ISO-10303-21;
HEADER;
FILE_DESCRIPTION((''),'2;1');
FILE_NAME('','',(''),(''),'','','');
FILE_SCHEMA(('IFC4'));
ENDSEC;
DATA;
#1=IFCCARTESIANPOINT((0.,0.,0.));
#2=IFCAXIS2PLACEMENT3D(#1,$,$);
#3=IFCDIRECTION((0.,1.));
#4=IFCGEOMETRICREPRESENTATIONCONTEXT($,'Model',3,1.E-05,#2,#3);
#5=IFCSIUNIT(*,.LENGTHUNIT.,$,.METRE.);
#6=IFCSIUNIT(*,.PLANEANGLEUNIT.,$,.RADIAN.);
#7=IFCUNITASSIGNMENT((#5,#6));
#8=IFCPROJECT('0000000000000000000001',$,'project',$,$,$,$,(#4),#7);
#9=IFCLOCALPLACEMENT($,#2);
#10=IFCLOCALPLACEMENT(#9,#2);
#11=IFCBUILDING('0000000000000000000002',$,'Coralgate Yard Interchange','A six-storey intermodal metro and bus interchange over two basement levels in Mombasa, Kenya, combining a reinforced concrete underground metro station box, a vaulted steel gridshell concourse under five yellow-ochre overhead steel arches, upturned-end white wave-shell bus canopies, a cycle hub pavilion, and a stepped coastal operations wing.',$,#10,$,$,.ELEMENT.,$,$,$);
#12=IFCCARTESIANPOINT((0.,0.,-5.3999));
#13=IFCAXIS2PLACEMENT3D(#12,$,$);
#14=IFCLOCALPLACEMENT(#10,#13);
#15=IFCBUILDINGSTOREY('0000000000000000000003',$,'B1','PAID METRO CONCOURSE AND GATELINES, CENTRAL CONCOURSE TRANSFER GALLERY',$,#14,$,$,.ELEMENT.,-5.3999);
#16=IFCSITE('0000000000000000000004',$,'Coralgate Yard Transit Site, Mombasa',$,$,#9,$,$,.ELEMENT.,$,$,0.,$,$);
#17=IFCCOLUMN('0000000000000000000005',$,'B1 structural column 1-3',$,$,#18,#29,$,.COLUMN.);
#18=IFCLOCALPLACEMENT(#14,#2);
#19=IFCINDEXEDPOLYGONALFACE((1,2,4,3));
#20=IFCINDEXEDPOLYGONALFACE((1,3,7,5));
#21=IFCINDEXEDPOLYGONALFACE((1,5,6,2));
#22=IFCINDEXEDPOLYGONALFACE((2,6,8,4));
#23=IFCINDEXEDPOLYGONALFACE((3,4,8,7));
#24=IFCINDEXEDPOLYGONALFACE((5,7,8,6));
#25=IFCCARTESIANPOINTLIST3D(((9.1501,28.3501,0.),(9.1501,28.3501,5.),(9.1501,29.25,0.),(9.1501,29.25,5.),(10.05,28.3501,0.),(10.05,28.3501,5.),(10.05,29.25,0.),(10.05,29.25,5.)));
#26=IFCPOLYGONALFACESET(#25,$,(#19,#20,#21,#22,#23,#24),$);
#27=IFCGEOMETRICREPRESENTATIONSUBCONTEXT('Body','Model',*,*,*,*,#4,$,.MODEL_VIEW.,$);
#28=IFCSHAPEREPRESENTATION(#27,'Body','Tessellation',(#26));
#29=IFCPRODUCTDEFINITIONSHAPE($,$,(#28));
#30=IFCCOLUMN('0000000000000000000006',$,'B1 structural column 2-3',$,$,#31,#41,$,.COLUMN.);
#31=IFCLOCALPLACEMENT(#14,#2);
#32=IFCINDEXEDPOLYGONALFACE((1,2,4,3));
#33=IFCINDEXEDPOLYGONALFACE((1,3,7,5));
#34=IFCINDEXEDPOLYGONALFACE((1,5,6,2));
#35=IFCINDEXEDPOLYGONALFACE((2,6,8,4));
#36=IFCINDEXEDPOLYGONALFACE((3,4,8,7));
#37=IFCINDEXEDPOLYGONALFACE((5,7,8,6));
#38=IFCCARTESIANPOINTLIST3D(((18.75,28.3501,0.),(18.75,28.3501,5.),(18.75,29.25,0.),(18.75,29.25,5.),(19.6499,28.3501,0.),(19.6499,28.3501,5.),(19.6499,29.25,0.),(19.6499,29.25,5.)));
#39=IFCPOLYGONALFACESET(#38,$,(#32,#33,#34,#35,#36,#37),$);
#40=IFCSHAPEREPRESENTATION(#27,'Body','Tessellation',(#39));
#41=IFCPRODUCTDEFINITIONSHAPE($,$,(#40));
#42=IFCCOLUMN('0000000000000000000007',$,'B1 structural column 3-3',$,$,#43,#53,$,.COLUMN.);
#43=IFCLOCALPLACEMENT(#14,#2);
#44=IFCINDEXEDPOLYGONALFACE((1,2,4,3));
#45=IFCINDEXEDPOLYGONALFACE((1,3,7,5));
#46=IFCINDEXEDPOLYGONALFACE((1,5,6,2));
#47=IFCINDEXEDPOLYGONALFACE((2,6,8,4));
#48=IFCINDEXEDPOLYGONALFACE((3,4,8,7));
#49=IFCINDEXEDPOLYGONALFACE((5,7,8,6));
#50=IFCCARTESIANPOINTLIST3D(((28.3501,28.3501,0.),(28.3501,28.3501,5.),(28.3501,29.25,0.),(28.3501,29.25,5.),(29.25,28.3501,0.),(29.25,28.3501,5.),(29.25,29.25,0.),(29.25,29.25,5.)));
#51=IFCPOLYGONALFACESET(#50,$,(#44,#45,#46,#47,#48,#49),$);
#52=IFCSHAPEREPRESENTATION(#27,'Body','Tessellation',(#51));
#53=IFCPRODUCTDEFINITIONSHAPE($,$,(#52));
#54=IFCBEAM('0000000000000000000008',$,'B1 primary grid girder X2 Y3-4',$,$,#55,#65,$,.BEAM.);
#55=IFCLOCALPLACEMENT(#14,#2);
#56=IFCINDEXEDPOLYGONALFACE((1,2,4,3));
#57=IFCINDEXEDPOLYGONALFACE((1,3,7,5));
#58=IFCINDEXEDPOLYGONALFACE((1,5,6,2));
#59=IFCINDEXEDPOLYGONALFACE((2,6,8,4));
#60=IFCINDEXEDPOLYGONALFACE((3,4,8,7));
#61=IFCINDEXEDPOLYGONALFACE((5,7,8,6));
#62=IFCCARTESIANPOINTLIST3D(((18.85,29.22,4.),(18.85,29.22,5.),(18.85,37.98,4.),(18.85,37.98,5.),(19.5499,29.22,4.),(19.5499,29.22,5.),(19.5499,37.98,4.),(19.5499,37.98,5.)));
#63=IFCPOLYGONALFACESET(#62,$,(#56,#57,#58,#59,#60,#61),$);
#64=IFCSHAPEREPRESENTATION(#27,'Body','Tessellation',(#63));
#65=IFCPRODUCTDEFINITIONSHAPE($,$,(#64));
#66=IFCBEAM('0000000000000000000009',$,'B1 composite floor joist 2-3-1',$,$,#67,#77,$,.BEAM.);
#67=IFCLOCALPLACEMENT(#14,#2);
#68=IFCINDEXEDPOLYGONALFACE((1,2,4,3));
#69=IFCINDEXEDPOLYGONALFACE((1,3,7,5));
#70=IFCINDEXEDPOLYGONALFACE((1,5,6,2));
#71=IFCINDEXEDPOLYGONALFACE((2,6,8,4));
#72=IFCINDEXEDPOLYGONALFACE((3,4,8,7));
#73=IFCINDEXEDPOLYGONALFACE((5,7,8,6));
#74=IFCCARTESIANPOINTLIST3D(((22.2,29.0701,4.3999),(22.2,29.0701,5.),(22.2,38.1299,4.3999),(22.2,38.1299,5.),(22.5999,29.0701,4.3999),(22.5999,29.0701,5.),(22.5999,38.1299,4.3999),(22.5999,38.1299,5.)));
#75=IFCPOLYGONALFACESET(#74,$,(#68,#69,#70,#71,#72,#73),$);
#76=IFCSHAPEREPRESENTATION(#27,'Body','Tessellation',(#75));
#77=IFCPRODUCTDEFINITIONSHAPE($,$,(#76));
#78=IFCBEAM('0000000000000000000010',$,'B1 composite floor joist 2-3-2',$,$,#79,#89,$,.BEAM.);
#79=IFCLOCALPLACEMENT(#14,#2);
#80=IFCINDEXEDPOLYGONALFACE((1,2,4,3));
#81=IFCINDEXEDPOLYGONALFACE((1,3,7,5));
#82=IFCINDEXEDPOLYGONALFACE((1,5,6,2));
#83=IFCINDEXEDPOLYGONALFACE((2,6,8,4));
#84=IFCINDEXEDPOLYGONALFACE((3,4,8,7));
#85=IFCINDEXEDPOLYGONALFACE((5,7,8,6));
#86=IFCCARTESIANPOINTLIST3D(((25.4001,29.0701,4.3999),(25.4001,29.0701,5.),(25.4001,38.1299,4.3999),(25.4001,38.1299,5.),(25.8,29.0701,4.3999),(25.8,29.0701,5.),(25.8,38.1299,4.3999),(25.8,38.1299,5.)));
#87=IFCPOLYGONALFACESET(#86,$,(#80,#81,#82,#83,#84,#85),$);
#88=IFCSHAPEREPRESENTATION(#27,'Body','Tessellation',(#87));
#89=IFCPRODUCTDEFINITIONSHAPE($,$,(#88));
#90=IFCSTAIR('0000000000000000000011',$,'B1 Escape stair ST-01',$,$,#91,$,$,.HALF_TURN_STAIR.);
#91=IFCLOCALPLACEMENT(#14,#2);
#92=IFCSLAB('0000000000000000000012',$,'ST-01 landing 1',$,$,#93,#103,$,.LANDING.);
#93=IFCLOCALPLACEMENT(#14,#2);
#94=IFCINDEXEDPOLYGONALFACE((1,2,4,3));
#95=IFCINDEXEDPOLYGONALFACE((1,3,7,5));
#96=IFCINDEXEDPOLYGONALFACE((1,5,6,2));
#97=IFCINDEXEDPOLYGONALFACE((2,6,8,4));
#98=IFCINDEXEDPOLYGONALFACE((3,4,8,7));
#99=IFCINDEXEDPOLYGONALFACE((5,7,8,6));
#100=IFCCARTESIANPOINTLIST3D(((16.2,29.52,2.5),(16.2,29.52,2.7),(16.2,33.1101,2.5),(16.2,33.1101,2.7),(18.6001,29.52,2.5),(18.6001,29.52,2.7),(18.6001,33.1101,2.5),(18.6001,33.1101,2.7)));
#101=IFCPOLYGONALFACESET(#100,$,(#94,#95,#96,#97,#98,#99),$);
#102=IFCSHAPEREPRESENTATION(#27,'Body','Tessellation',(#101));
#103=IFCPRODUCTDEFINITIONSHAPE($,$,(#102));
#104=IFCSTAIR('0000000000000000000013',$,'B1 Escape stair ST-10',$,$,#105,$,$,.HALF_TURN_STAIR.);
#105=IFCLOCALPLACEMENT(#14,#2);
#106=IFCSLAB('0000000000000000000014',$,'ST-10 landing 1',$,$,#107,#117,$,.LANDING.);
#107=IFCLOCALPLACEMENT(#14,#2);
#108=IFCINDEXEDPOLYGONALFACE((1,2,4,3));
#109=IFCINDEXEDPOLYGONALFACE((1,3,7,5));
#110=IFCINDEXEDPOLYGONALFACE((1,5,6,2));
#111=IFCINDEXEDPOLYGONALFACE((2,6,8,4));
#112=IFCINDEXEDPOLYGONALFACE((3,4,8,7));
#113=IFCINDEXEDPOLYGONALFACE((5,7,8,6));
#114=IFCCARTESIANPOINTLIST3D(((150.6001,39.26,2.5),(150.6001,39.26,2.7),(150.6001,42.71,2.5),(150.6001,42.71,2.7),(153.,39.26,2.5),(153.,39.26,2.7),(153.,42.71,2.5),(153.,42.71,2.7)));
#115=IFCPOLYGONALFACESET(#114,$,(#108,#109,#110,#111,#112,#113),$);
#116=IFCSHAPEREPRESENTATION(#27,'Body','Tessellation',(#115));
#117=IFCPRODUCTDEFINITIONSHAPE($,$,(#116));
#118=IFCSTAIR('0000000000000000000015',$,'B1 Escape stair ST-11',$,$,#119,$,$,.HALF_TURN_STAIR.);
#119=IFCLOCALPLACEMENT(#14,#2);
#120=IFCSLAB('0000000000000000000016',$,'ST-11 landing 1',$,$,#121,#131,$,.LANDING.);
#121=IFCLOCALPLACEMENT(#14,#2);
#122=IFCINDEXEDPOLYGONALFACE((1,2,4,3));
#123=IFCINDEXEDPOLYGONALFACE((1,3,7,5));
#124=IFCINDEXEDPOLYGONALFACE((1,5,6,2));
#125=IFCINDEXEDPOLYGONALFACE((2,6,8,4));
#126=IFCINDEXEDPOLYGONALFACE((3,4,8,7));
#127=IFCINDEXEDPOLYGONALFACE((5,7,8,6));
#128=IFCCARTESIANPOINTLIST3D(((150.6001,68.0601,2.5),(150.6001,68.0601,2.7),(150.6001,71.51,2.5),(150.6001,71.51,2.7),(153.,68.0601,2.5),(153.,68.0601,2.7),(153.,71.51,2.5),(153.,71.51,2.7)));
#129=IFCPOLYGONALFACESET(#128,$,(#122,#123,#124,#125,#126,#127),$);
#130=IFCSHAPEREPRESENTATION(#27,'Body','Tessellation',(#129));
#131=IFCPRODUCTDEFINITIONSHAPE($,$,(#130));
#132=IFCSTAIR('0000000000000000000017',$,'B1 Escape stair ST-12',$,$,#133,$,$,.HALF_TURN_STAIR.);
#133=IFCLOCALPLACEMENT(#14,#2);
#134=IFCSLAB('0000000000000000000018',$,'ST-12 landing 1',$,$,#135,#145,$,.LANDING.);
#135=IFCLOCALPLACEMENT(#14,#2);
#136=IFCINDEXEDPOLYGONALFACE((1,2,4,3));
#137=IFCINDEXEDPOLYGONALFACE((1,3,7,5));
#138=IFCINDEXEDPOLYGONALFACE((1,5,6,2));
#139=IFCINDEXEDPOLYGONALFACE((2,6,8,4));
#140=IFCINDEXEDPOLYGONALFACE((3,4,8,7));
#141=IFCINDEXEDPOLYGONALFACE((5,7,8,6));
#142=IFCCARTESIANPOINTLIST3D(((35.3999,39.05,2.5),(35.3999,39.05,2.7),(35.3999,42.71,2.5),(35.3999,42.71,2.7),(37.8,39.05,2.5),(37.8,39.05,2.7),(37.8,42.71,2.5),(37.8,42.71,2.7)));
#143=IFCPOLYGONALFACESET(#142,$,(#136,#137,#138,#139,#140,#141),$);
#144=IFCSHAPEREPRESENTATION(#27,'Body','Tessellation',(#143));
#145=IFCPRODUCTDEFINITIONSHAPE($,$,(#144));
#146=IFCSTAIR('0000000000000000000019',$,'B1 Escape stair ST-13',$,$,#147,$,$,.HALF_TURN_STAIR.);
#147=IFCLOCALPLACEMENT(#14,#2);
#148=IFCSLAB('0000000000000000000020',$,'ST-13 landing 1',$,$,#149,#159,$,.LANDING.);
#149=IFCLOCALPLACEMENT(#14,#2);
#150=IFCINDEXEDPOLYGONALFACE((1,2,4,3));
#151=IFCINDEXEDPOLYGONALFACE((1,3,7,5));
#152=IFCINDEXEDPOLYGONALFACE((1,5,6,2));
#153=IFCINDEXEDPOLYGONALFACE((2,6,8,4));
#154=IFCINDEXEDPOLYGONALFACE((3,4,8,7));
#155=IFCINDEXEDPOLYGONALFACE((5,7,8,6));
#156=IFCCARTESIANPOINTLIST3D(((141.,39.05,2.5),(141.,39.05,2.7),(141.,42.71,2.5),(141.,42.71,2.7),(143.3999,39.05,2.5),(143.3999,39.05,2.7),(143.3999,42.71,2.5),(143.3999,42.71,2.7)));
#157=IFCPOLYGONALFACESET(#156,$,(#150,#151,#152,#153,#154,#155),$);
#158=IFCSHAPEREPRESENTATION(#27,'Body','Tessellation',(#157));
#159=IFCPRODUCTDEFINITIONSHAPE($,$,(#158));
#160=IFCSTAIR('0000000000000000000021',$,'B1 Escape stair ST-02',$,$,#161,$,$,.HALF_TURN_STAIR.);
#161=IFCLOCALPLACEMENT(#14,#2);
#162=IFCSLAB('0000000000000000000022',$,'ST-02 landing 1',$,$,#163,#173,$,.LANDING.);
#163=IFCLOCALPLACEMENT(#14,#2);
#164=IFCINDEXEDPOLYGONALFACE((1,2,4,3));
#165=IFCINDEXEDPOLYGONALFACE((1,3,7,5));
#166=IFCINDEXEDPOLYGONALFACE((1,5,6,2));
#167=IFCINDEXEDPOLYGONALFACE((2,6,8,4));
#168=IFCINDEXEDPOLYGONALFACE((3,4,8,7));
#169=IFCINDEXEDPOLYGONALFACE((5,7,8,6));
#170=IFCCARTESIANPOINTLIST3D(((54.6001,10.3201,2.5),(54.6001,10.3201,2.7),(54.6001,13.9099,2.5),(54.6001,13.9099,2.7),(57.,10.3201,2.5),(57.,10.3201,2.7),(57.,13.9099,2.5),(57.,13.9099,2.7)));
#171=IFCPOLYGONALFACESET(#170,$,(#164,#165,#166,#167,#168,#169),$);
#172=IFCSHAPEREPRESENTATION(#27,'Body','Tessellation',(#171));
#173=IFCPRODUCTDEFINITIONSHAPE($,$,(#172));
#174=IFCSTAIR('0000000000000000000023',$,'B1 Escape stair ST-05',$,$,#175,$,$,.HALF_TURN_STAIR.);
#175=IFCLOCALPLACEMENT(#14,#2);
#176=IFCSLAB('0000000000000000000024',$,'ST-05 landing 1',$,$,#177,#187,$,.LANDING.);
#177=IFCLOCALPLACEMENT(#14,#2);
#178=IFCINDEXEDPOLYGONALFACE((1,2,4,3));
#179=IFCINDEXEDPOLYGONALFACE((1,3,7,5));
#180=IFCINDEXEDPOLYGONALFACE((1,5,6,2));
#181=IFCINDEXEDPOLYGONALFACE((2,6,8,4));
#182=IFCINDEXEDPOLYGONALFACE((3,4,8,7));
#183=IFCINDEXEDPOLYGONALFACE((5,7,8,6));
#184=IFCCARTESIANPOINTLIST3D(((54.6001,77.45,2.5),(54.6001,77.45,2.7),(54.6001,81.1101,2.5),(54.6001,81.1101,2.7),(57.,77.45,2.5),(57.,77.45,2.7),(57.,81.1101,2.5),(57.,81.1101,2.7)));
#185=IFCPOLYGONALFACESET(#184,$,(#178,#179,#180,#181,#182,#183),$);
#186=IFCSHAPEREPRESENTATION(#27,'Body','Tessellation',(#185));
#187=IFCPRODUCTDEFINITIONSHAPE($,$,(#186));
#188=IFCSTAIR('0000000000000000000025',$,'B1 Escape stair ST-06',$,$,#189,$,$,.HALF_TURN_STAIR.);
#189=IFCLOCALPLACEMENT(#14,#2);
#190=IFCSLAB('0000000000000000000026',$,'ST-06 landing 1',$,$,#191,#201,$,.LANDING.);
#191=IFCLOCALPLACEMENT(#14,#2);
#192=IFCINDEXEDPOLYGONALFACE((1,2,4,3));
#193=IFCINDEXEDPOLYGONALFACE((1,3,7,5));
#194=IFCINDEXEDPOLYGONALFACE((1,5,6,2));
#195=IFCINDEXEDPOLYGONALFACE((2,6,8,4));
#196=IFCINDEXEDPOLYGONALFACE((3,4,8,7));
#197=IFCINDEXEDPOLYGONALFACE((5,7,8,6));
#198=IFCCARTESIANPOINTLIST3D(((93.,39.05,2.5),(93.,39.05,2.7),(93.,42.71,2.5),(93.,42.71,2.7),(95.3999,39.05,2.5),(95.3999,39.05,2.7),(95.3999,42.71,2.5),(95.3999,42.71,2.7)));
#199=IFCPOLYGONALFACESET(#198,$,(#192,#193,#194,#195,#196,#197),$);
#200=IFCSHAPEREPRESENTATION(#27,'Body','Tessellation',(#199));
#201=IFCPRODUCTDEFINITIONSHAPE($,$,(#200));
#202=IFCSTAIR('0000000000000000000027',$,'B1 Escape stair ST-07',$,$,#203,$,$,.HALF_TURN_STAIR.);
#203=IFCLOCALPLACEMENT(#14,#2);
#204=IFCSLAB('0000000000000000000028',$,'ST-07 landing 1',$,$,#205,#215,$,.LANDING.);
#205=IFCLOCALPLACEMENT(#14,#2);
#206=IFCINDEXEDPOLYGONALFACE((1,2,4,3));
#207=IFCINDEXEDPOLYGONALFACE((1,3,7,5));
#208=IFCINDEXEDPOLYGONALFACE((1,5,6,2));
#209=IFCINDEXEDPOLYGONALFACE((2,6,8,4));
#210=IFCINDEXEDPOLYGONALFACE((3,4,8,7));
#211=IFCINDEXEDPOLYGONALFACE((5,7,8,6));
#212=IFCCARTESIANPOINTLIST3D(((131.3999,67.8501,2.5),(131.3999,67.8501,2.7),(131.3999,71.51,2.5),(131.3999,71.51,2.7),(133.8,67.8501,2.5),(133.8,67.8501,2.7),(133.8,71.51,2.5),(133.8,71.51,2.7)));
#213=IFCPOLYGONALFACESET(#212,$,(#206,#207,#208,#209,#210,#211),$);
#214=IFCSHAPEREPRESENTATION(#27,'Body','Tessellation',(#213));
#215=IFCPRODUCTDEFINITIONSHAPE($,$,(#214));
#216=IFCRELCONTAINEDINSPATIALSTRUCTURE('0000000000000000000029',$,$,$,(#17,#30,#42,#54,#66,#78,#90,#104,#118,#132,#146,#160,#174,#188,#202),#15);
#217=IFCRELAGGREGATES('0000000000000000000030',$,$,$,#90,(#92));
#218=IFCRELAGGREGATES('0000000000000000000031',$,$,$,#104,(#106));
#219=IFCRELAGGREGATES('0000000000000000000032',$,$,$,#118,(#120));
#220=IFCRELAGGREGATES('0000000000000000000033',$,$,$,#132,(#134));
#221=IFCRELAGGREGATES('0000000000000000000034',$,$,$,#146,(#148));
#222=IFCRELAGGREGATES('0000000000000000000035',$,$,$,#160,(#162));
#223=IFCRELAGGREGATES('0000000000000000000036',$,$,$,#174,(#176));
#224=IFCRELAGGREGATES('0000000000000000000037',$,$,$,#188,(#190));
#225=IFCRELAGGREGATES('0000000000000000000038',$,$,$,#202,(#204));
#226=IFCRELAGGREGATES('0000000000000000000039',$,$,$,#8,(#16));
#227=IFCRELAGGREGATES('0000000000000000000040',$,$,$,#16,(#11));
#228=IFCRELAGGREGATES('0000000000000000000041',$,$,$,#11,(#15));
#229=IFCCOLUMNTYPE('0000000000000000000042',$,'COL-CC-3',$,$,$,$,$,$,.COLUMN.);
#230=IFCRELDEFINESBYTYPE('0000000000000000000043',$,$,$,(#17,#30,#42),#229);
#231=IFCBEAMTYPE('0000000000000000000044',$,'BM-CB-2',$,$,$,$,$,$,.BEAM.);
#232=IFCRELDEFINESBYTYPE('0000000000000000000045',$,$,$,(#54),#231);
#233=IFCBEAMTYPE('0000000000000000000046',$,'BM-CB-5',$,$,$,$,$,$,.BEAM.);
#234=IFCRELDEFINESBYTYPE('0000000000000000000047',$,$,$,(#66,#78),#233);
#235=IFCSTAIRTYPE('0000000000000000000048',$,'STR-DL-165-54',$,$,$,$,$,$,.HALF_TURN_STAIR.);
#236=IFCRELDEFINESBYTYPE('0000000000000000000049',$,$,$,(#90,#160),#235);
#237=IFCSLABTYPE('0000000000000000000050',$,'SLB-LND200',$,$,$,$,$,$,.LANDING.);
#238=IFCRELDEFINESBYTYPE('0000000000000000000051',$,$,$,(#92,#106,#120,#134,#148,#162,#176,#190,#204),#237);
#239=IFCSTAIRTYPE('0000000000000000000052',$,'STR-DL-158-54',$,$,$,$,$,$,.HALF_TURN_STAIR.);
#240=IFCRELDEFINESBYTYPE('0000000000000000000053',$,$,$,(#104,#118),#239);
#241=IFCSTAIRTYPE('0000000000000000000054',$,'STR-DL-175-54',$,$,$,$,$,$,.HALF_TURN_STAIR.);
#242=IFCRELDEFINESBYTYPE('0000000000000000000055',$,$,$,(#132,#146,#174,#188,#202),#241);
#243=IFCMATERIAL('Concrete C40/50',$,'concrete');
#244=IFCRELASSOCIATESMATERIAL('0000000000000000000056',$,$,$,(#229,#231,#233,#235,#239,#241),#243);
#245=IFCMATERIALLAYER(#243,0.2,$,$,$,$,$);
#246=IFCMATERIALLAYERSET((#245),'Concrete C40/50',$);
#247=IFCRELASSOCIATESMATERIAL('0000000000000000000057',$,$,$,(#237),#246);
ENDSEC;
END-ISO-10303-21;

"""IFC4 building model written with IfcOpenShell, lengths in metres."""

from ifc_helpers import new_model, si_unit, direction, frame, origin, origin_2d, place, context, subcontext, project, spatial, polyline, rectangle, outline, extrude, material, layer, layer_set, material_profile, profile_set, type_object, element, aggregate, save


model = new_model("IFC4")

# Units and contexts
model_context = context("Model", 3, precision=1e-05, world=origin(), true_north=direction((0.0, 1.0)))
body_context = subcontext(model_context, "Body", "Model", "MODEL_VIEW")
ifc_project = project(units=[si_unit("LENGTHUNIT", "METRE"), si_unit("PLANEANGLEUNIT", "RADIAN")], contexts=[model_context])

# Site, building, storey
site_placement = place(None, origin())
site = spatial("IfcSite", under=ifc_project, at=site_placement, Name="Coralgate Yard Transit Site, Mombasa", CompositionType="ELEMENT", RefElevation=0.0)
building_placement = place(site_placement, origin())
building = spatial("IfcBuilding", under=site, at=building_placement, Name="Coralgate Yard Interchange", Description="A six-storey intermodal metro and bus interchange over two basement levels in Mombasa, Kenya, combining a reinforced concrete underground metro station box, a vaulted steel gridshell concourse under five yellow-ochre overhead steel arches, upturned-end white wave-shell bus canopies, a cycle hub pavilion, and a stepped coastal operations wing.", CompositionType="ELEMENT")
storey_placement = place(building_placement, frame((0.0, 0.0, -5.3999)))
storey = spatial("IfcBuildingStorey", under=building, at=storey_placement, Name="B1", Description="PAID METRO CONCOURSE AND GATELINES, CENTRAL CONCOURSE TRANSFER GALLERY", CompositionType="ELEMENT", Elevation=-5.3999)

# Columns
ifc_material_1 = material(Name="Concrete C40/50", Category="concrete")
ifc_material_profile_1 = material_profile(ifc_material_1, rectangle(XDim=0.8999, YDim=0.8999, at=origin_2d()), Name="RC 900x900")
ifc_profile_set_1 = profile_set([ifc_material_profile_1], Name="Concrete C40/50")
column_type = type_object("IfcColumnType", Name="COL-CC-3", PredefinedType="COLUMN", material=ifc_profile_set_1)
for number, where, z_axis, x_axis, name in (
    (1, (9.6001, 28.8, 0.0), (0.0, 0.0, 1.0), (1.0, 0.0, 0.0), "B1 structural column 1-3"),
    (2, (19.2, 28.8, 0.0), (0.0, 0.0, 1.0), (1.0, 0.0, 0.0), "B1 structural column 2-3"),
    (3, (28.8, 28.8, 0.0), (0.0, 0.0, 1.0), (1.0, 0.0, 0.0), "B1 structural column 3-3"),
):
    element("IfcColumn", number, at=place(storey_placement, frame(where, z_axis=z_axis, x_axis=x_axis)), inside=storey, type_object=column_type, Name=name, PredefinedType="COLUMN", context=body_context, shape_type="SweptSolid", body=[
        extrude(rectangle(XDim=0.8999, YDim=0.8999, at=origin_2d()), origin(), (0.0, 0.0, 1.0), 5.0),
    ])

# Beams
ifc_material_profile_2 = material_profile(ifc_material_1, rectangle(XDim=0.7, YDim=1.0, at=origin_2d()), Name="RC 700x1000")
ifc_profile_set_2 = profile_set([ifc_material_profile_2], Name="Concrete C40/50")
beam_type_1 = type_object("IfcBeamType", Name="BM-CB-2", PredefinedType="BEAM", material=ifc_profile_set_2)
beam_placement = place(storey_placement, frame((19.2, 29.22, 4.5), z_axis=(0.0, 1.0, 0.0), x_axis=(-1.0, 0.0, 0.0)))
element("IfcBeam", 4, at=beam_placement, inside=storey, type_object=beam_type_1, Name="B1 primary grid girder X2 Y3-4", PredefinedType="BEAM", context=body_context, shape_type="SweptSolid", body=[
    extrude(rectangle(XDim=0.7, YDim=1.0, at=origin_2d()), origin(), (0.0, 0.0, 1.0), 8.76),
])
ifc_material_profile_3 = material_profile(ifc_material_1, rectangle(XDim=0.3999, YDim=0.6001, at=origin_2d()), Name="RC 400x600")
ifc_profile_set_3 = profile_set([ifc_material_profile_3], Name="Concrete C40/50")
beam_type_2 = type_object("IfcBeamType", Name="BM-CB-5", PredefinedType="BEAM", material=ifc_profile_set_3)
for number, where, z_axis, x_axis, name in (
    (5, (22.3999, 29.0701, 4.7), (0.0, 1.0, 0.0), (-1.0, 0.0, 0.0), "B1 composite floor joist 2-3-1"),
    (6, (25.6001, 29.0701, 4.7), (0.0, 1.0, 0.0), (-1.0, 0.0, 0.0), "B1 composite floor joist 2-3-2"),
):
    element("IfcBeam", number, at=place(storey_placement, frame(where, z_axis=z_axis, x_axis=x_axis)), inside=storey, type_object=beam_type_2, Name=name, PredefinedType="BEAM", context=body_context, shape_type="SweptSolid", body=[
        extrude(rectangle(XDim=0.3999, YDim=0.6001, at=origin_2d()), origin(), (0.0, 0.0, 1.0), 9.0598),
    ])

# Stairs, slabs
stair_type_1 = type_object("IfcStairType", Name="STR-DL-165-54", PredefinedType="HALF_TURN_STAIR", material=ifc_material_1)
stair_1_placement = place(storey_placement, origin())
stair_1 = element("IfcStair", 7, at=stair_1_placement, inside=storey, type_object=stair_type_1, Name="B1 Escape stair ST-01", PredefinedType="HALF_TURN_STAIR")
ifc_layer_1 = layer(ifc_material_1, 0.2)
ifc_layer_set_1 = layer_set([ifc_layer_1], Name="Concrete C40/50")
slab_type_1 = type_object("IfcSlabType", Name="SLB-LND200", PredefinedType="LANDING", material=ifc_layer_set_1)
slab_1_placement = place(storey_placement, frame((0.0, 0.0, 2.5)))
slab_1 = element("IfcSlab", 8, at=slab_1_placement, type_object=slab_type_1, Name="ST-01 landing 1", PredefinedType="LANDING", context=body_context, shape_type="SweptSolid", body=[
    extrude(outline(polyline([(16.2, 29.52), (18.6001, 29.52), (18.6001, 33.1101), (16.2, 33.1101), (16.2, 29.52)])), origin(), (0.0, 0.0, 1.0), 0.2),
])
aggregate(stair_1, [slab_1])
stair_type_2 = type_object("IfcStairType", Name="STR-DL-158-54", PredefinedType="HALF_TURN_STAIR", material=ifc_material_1)
stair_2_placement = place(storey_placement, origin())
stair_2 = element("IfcStair", 9, at=stair_2_placement, inside=storey, type_object=stair_type_2, Name="B1 Escape stair ST-10", PredefinedType="HALF_TURN_STAIR")
slab_2_placement = place(storey_placement, frame((0.0, 0.0, 2.5)))
slab_2 = element("IfcSlab", 10, at=slab_2_placement, type_object=slab_type_1, Name="ST-10 landing 1", PredefinedType="LANDING", context=body_context, shape_type="SweptSolid", body=[
    extrude(outline(polyline([(150.6001, 39.26), (153.0, 39.26), (153.0, 42.71), (150.6001, 42.71), (150.6001, 39.26)])), origin(), (0.0, 0.0, 1.0), 0.2),
])
aggregate(stair_2, [slab_2])
stair_3_placement = place(storey_placement, origin())
stair_3 = element("IfcStair", 11, at=stair_3_placement, inside=storey, type_object=stair_type_2, Name="B1 Escape stair ST-11", PredefinedType="HALF_TURN_STAIR")
slab_3_placement = place(storey_placement, frame((0.0, 0.0, 2.5)))
slab_3 = element("IfcSlab", 12, at=slab_3_placement, type_object=slab_type_1, Name="ST-11 landing 1", PredefinedType="LANDING", context=body_context, shape_type="SweptSolid", body=[
    extrude(outline(polyline([(150.6001, 68.0601), (153.0, 68.0601), (153.0, 71.51), (150.6001, 71.51), (150.6001, 68.0601)])), origin(), (0.0, 0.0, 1.0), 0.2),
])
aggregate(stair_3, [slab_3])
stair_type_3 = type_object("IfcStairType", Name="STR-DL-175-54", PredefinedType="HALF_TURN_STAIR", material=ifc_material_1)
stair_4_placement = place(storey_placement, origin())
stair_4 = element("IfcStair", 13, at=stair_4_placement, inside=storey, type_object=stair_type_3, Name="B1 Escape stair ST-12", PredefinedType="HALF_TURN_STAIR")
slab_4_placement = place(storey_placement, frame((0.0, 0.0, 2.5)))
slab_4 = element("IfcSlab", 14, at=slab_4_placement, type_object=slab_type_1, Name="ST-12 landing 1", PredefinedType="LANDING", context=body_context, shape_type="SweptSolid", body=[
    extrude(outline(polyline([(35.3999, 39.05), (37.8, 39.05), (37.8, 42.71), (35.3999, 42.71), (35.3999, 39.05)])), origin(), (0.0, 0.0, 1.0), 0.2),
])
aggregate(stair_4, [slab_4])
stair_5_placement = place(storey_placement, origin())
stair_5 = element("IfcStair", 15, at=stair_5_placement, inside=storey, type_object=stair_type_3, Name="B1 Escape stair ST-13", PredefinedType="HALF_TURN_STAIR")
slab_5_placement = place(storey_placement, frame((0.0, 0.0, 2.5)))
slab_5 = element("IfcSlab", 16, at=slab_5_placement, type_object=slab_type_1, Name="ST-13 landing 1", PredefinedType="LANDING", context=body_context, shape_type="SweptSolid", body=[
    extrude(outline(polyline([(141.0, 39.05), (143.3999, 39.05), (143.3999, 42.71), (141.0, 42.71), (141.0, 39.05)])), origin(), (0.0, 0.0, 1.0), 0.2),
])
aggregate(stair_5, [slab_5])
stair_6_placement = place(storey_placement, origin())
stair_6 = element("IfcStair", 17, at=stair_6_placement, inside=storey, type_object=stair_type_1, Name="B1 Escape stair ST-02", PredefinedType="HALF_TURN_STAIR")
slab_6_placement = place(storey_placement, frame((0.0, 0.0, 2.5)))
slab_6 = element("IfcSlab", 18, at=slab_6_placement, type_object=slab_type_1, Name="ST-02 landing 1", PredefinedType="LANDING", context=body_context, shape_type="SweptSolid", body=[
    extrude(outline(polyline([(54.6001, 10.3201), (57.0, 10.3201), (57.0, 13.9099), (54.6001, 13.9099), (54.6001, 10.3201)])), origin(), (0.0, 0.0, 1.0), 0.2),
])
aggregate(stair_6, [slab_6])
stair_7_placement = place(storey_placement, origin())
stair_7 = element("IfcStair", 19, at=stair_7_placement, inside=storey, type_object=stair_type_3, Name="B1 Escape stair ST-05", PredefinedType="HALF_TURN_STAIR")
slab_7_placement = place(storey_placement, frame((0.0, 0.0, 2.5)))
slab_7 = element("IfcSlab", 20, at=slab_7_placement, type_object=slab_type_1, Name="ST-05 landing 1", PredefinedType="LANDING", context=body_context, shape_type="SweptSolid", body=[
    extrude(outline(polyline([(54.6001, 77.45), (57.0, 77.45), (57.0, 81.1101), (54.6001, 81.1101), (54.6001, 77.45)])), origin(), (0.0, 0.0, 1.0), 0.2),
])
aggregate(stair_7, [slab_7])
stair_8_placement = place(storey_placement, origin())
stair_8 = element("IfcStair", 21, at=stair_8_placement, inside=storey, type_object=stair_type_3, Name="B1 Escape stair ST-06", PredefinedType="HALF_TURN_STAIR")
slab_8_placement = place(storey_placement, frame((0.0, 0.0, 2.5)))
slab_8 = element("IfcSlab", 22, at=slab_8_placement, type_object=slab_type_1, Name="ST-06 landing 1", PredefinedType="LANDING", context=body_context, shape_type="SweptSolid", body=[
    extrude(outline(polyline([(93.0, 39.05), (95.3999, 39.05), (95.3999, 42.71), (93.0, 42.71), (93.0, 39.05)])), origin(), (0.0, 0.0, 1.0), 0.2),
])
aggregate(stair_8, [slab_8])
stair_9_placement = place(storey_placement, origin())
stair_9 = element("IfcStair", 23, at=stair_9_placement, inside=storey, type_object=stair_type_3, Name="B1 Escape stair ST-07", PredefinedType="HALF_TURN_STAIR")
slab_9_placement = place(storey_placement, frame((0.0, 0.0, 2.5)))
slab_9 = element("IfcSlab", 24, at=slab_9_placement, type_object=slab_type_1, Name="ST-07 landing 1", PredefinedType="LANDING", context=body_context, shape_type="SweptSolid", body=[
    extrude(outline(polyline([(131.3999, 67.8501), (133.8, 67.8501), (133.8, 71.51), (131.3999, 71.51), (131.3999, 67.8501)])), origin(), (0.0, 0.0, 1.0), 0.2),
])
aggregate(stair_9, [slab_9])

save(model, "model.ifc")
